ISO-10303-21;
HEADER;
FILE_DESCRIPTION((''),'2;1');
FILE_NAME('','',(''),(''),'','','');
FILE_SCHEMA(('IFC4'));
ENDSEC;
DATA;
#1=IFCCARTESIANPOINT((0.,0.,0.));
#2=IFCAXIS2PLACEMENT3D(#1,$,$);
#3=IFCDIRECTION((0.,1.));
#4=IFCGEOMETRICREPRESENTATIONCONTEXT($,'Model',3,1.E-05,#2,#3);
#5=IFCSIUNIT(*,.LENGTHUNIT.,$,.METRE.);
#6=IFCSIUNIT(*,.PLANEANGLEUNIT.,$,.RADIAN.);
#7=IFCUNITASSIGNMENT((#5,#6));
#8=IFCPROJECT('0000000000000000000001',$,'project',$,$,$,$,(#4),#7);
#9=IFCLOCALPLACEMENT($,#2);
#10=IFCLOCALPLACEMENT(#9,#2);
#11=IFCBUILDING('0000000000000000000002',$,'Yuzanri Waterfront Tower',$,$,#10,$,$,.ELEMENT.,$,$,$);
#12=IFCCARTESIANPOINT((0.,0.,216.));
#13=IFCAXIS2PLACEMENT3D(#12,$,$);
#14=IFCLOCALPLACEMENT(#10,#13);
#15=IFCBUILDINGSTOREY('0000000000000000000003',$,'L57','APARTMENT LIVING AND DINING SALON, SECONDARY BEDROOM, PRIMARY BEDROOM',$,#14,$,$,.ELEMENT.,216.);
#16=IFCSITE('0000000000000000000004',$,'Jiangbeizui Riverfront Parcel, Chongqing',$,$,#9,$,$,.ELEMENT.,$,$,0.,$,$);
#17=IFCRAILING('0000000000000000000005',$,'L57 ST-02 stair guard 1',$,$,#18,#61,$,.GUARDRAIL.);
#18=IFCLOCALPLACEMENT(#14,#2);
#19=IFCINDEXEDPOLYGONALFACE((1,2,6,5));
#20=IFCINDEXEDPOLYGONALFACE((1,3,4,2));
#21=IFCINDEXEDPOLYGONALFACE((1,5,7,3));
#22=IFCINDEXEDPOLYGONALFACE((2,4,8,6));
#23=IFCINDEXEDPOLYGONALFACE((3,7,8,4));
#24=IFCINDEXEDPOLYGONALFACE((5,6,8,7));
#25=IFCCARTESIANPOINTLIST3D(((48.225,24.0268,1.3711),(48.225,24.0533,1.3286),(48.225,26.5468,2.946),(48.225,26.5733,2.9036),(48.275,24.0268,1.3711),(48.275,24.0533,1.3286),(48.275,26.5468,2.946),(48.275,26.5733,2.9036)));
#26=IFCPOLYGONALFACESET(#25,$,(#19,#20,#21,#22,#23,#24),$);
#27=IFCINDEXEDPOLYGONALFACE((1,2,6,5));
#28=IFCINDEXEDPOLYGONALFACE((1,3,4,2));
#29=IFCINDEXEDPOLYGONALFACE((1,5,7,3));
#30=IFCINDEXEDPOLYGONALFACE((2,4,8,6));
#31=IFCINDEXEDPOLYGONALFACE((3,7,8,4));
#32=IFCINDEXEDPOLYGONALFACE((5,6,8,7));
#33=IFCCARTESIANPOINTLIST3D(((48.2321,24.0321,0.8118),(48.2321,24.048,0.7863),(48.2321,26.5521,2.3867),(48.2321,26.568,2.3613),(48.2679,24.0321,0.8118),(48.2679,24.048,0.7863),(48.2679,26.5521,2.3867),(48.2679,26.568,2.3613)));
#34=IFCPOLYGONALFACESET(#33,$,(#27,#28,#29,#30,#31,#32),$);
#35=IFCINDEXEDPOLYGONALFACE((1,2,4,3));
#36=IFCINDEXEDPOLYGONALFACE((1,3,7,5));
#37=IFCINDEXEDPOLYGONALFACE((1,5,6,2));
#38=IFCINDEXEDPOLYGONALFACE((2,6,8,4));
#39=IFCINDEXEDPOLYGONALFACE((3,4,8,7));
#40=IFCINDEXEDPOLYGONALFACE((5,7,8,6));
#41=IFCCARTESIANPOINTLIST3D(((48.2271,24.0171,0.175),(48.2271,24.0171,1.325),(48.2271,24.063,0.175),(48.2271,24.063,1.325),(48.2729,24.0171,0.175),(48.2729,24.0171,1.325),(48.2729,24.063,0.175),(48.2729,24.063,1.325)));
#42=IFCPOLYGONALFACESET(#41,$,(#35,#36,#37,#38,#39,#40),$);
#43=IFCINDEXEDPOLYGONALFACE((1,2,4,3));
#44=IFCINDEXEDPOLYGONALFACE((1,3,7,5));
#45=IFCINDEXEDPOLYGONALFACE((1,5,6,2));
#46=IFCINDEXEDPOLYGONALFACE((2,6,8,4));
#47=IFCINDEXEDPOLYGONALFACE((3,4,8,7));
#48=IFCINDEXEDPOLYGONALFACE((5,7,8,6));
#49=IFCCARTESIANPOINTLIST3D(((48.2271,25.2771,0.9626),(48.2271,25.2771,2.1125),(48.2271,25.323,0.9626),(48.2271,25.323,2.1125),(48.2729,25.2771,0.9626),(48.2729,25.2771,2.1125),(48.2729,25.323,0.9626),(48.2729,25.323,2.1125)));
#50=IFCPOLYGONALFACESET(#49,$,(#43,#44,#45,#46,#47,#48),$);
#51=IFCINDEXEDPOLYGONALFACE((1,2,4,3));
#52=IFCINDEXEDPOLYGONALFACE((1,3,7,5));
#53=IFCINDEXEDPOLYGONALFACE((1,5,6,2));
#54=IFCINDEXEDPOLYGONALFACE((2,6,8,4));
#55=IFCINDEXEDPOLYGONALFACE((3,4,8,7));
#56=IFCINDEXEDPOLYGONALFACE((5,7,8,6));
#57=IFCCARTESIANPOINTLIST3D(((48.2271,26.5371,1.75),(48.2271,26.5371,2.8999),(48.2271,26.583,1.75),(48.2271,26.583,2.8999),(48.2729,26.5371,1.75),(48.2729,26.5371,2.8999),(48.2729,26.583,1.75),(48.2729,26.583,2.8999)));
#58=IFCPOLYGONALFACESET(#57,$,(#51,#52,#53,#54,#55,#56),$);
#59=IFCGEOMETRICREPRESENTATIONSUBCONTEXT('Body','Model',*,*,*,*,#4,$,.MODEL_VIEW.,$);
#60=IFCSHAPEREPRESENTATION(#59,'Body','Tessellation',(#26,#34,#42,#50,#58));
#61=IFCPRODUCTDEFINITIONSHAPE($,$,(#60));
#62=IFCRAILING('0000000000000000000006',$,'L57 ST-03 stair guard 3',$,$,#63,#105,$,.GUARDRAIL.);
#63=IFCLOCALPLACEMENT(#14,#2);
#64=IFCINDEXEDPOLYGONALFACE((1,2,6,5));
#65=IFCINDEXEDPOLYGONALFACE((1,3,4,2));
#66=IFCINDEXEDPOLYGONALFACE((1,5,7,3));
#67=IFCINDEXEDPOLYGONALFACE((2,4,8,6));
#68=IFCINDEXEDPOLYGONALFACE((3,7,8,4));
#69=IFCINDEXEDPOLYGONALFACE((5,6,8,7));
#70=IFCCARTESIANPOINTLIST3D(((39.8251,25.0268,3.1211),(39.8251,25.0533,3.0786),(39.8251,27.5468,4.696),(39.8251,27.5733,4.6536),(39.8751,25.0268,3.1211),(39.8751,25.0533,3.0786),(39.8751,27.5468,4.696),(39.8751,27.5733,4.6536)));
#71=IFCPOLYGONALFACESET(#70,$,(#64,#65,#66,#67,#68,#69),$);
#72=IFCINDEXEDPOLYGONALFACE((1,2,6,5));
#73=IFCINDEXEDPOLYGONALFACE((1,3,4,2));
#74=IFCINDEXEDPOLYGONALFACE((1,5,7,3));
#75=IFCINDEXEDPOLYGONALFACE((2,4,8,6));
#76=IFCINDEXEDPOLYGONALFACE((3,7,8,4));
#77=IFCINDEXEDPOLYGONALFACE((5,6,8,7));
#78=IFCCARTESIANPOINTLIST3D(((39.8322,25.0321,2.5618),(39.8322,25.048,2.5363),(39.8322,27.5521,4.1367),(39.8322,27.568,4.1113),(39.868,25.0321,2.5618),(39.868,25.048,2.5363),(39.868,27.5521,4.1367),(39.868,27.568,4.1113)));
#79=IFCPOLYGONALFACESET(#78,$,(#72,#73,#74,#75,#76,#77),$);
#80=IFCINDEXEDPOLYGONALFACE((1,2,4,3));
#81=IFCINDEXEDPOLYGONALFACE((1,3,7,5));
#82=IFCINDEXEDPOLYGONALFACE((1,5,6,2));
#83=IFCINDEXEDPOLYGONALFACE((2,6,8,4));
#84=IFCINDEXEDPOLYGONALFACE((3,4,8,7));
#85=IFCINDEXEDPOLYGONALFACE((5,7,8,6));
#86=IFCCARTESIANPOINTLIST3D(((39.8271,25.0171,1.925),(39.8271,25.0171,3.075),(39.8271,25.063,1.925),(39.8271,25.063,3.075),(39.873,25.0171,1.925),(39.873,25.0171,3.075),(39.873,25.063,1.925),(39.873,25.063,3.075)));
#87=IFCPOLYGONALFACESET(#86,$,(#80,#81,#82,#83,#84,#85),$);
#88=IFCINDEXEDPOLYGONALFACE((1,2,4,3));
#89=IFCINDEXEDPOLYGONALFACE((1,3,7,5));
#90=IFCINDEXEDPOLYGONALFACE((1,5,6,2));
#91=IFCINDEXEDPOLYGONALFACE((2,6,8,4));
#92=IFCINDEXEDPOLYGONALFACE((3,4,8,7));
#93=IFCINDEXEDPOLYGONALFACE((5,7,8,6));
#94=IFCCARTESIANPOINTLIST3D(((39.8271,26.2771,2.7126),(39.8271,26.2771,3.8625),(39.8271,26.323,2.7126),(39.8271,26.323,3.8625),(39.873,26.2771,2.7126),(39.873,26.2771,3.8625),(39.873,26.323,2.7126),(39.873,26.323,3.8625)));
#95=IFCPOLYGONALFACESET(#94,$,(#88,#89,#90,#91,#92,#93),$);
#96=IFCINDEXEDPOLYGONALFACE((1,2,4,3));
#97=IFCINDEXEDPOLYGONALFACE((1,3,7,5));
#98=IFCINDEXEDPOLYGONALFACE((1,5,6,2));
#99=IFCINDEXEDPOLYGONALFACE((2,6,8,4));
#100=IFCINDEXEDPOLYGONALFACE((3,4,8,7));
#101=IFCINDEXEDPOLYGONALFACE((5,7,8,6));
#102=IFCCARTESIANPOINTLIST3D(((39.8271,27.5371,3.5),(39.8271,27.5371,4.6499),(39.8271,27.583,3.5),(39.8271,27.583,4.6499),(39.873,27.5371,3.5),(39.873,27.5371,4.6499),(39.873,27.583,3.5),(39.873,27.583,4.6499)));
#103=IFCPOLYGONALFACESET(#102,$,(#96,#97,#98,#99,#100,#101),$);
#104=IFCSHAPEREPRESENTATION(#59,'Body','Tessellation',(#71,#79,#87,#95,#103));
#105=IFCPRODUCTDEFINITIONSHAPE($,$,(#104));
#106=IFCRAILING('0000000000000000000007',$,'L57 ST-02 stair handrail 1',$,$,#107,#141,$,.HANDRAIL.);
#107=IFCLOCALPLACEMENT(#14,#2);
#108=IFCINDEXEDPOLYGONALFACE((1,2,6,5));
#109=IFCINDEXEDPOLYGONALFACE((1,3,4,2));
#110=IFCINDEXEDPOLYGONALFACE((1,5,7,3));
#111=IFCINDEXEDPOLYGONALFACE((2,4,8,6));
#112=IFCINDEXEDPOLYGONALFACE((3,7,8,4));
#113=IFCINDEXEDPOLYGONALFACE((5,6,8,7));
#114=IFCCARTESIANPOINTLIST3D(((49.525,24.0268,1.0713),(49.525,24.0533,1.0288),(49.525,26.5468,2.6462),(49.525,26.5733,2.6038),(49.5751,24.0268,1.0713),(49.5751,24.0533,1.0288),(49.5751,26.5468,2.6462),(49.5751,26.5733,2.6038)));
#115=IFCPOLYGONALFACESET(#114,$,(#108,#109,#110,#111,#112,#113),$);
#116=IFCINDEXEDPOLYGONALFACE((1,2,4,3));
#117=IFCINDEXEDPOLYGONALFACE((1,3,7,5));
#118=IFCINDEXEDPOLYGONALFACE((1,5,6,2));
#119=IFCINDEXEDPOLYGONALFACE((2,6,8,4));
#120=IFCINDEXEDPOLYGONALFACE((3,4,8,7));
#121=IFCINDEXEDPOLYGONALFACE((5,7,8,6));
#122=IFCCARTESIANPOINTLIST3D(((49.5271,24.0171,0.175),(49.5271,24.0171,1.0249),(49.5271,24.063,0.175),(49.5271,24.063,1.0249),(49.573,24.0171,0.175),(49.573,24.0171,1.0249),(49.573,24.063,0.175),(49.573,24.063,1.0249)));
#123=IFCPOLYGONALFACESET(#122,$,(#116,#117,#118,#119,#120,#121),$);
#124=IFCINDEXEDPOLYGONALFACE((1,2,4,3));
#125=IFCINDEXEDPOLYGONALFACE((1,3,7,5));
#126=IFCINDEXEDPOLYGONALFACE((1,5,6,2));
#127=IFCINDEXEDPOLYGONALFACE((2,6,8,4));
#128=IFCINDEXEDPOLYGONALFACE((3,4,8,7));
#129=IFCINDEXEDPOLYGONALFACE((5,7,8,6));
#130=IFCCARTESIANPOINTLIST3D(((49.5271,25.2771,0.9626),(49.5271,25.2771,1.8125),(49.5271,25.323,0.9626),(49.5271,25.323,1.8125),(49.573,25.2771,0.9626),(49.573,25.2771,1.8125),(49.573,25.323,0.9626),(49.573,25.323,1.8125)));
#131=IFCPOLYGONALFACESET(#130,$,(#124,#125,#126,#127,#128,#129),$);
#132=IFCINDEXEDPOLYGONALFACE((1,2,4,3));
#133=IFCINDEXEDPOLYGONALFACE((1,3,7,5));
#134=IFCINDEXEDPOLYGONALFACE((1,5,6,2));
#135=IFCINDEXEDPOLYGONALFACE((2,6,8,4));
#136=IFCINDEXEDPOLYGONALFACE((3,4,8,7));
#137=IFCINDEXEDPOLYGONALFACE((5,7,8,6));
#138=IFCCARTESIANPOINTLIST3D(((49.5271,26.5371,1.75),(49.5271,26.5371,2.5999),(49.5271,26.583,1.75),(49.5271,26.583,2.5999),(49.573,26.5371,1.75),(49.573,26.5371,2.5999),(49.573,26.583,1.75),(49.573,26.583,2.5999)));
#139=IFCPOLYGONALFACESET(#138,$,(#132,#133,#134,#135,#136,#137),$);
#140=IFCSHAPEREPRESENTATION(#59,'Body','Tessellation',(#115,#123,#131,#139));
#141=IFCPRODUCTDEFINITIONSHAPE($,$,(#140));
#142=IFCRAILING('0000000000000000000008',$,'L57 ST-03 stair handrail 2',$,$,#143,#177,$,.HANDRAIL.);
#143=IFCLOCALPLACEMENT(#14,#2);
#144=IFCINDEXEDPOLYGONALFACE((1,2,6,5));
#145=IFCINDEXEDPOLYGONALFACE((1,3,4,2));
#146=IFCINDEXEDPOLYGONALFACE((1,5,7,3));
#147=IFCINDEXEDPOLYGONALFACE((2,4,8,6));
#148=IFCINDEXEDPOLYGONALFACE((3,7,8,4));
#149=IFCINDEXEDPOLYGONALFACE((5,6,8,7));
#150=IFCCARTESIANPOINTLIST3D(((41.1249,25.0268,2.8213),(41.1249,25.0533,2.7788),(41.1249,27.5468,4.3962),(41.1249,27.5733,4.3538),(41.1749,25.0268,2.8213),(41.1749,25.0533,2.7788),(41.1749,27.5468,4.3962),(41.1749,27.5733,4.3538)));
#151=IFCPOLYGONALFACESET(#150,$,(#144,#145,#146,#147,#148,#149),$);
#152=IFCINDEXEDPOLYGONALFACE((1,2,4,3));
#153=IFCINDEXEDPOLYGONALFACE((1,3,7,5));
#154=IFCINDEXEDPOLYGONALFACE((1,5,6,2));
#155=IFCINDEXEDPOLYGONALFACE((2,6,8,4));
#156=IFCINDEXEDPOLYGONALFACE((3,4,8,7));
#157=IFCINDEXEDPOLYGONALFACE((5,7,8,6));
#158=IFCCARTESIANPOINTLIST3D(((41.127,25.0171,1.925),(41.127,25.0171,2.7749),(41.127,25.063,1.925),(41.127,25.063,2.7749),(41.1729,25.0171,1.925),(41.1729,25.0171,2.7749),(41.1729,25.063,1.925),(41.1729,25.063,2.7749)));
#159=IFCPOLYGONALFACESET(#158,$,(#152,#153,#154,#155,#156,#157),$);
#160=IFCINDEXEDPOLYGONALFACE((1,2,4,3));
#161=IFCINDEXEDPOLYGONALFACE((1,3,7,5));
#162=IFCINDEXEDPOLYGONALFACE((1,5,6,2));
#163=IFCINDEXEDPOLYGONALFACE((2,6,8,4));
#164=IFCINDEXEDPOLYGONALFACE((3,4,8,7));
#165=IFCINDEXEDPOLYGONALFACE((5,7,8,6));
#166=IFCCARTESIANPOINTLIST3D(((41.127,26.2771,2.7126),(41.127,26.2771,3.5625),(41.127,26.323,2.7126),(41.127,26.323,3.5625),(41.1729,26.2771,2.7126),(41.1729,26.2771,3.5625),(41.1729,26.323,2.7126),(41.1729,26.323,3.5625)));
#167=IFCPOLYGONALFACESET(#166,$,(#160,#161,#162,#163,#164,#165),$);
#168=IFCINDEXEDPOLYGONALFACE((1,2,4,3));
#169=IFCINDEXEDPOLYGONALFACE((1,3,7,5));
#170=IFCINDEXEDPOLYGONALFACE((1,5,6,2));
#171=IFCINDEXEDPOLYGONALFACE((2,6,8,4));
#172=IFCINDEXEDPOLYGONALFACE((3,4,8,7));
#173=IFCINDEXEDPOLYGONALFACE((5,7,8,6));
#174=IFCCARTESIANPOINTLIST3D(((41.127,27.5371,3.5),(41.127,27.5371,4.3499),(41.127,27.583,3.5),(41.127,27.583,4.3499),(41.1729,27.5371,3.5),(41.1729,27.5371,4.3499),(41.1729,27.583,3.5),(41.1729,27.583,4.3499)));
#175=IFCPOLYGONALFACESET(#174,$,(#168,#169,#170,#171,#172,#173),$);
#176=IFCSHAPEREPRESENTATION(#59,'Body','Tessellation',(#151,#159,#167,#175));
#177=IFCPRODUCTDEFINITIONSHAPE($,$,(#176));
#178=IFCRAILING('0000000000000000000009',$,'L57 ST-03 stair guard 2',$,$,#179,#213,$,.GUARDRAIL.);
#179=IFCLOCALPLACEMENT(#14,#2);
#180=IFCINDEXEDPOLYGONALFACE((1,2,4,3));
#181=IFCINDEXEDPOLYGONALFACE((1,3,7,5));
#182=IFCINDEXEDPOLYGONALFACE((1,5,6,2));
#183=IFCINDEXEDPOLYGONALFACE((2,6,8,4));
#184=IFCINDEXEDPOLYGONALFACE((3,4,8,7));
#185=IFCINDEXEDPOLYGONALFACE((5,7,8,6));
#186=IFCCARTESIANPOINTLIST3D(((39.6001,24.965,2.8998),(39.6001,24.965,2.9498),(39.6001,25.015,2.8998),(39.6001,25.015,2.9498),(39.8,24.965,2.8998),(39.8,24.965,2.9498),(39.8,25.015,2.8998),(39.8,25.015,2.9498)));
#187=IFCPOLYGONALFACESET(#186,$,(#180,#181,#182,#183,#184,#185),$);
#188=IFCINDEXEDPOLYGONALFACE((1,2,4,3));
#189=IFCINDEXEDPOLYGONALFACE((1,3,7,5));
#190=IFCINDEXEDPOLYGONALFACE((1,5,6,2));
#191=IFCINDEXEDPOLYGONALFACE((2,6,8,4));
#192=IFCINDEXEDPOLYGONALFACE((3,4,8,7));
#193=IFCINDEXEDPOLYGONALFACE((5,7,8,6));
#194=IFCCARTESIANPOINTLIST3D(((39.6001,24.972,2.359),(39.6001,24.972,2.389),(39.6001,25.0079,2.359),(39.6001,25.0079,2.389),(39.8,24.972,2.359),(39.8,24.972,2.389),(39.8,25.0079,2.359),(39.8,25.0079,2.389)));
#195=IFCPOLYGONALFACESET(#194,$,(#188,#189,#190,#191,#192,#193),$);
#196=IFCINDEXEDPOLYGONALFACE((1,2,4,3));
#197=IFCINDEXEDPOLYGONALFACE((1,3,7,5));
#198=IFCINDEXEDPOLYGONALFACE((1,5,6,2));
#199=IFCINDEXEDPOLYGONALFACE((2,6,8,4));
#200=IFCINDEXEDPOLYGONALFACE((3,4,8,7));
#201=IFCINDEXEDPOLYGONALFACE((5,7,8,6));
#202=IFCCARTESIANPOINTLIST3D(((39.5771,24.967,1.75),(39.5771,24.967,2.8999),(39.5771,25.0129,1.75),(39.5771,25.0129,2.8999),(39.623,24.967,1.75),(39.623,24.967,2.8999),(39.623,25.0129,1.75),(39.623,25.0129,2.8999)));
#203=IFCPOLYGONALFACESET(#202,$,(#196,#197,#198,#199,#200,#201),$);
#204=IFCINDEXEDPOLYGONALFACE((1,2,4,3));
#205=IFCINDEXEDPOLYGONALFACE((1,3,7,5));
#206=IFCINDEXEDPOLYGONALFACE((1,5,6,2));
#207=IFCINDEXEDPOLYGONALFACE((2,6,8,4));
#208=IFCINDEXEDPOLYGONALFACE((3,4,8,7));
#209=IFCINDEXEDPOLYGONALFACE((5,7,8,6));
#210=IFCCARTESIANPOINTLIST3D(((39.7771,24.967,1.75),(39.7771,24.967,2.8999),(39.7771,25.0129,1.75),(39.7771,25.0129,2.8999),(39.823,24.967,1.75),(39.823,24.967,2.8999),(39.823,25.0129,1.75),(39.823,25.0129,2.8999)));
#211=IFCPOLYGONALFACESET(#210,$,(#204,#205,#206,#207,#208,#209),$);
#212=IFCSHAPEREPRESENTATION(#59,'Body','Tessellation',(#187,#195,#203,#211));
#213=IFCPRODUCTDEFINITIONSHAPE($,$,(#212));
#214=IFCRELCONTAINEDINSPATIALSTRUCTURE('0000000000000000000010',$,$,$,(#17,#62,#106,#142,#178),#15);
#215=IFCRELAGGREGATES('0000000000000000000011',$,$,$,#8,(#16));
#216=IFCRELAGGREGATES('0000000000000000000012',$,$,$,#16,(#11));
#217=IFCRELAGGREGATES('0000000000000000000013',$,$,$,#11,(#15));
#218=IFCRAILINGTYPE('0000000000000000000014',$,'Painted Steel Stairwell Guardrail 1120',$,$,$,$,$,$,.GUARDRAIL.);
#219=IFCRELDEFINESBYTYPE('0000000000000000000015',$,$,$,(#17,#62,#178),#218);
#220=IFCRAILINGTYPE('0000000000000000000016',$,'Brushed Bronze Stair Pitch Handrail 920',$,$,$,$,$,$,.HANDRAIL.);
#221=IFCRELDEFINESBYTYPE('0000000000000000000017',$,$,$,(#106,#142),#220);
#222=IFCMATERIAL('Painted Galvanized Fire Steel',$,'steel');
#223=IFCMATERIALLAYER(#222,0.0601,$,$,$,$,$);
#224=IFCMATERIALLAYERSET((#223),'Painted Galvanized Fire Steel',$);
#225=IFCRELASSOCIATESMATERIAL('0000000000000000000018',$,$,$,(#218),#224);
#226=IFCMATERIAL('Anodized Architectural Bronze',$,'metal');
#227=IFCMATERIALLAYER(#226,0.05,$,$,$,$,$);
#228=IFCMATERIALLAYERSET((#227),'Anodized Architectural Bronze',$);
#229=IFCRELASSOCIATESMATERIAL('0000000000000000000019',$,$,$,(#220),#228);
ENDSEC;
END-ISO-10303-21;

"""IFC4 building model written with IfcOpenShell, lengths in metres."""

from ifc_helpers import new_model, si_unit, direction, frame, origin, origin_2d, place, context, subcontext, project, spatial, rectangle, extrude, source, transform, mapped, material, layer, layer_set, type_object, element, save


model = new_model("IFC4")

# Units and contexts
model_context = context("Model", 3, precision=1e-05, world=origin(), true_north=direction((0.0, 1.0)))
body_context = subcontext(model_context, "Body", "Model", "MODEL_VIEW")
ifc_project = project(units=[si_unit("LENGTHUNIT", "METRE"), si_unit("PLANEANGLEUNIT", "RADIAN")], contexts=[model_context])

# Site, building, storey
site_placement = place(None, origin())
site = spatial("IfcSite", under=ifc_project, at=site_placement, Name="Jiangbeizui Riverfront Parcel, Chongqing", CompositionType="ELEMENT", RefElevation=0.0)
building_placement = place(site_placement, origin())
building = spatial("IfcBuilding", under=site, at=building_placement, Name="Yuzanri Waterfront Tower", CompositionType="ELEMENT")
storey_placement = place(building_placement, frame((0.0, 0.0, 216.0)))
storey = spatial("IfcBuildingStorey", under=building, at=storey_placement, Name="L57", Description="APARTMENT LIVING AND DINING SALON, SECONDARY BEDROOM, PRIMARY BEDROOM", CompositionType="ELEMENT", Elevation=216.0)

# Railings
ifc_material_1 = material(Name="Painted Galvanized Fire Steel", Category="steel")
ifc_layer_1 = layer(ifc_material_1, 0.0601)
ifc_layer_set_1 = layer_set([ifc_layer_1], Name="Painted Galvanized Fire Steel")
railing_type_1 = type_object("IfcRailingType", Name="Painted Steel Stairwell Guardrail 1120", PredefinedType="GUARDRAIL", material=ifc_layer_set_1)
shared_shape_1 = source(origin(), body_context, "Body", "SweptSolid", [
    extrude(rectangle(XDim=0.05, YDim=0.05, at=origin_2d()), frame((0.0, 0.0, 1.1748), z_axis=(0.0, 0.848008, 0.529984), x_axis=(-1.0, 0.0, 0.0)), (0.0, 0.0, 1.0), 2.9717),
    extrude(rectangle(XDim=0.0359, YDim=0.03, at=origin_2d()), frame((0.0, 0.0, 0.624), z_axis=(0.0, 0.848008, 0.529984), x_axis=(-1.0, 0.0, 0.0)), (0.0, 0.0, 1.0), 2.9717),
    extrude(rectangle(XDim=0.0459, YDim=0.0459, at=origin_2d()), origin(), (0.0, 0.0, 1.0), 1.1499),
    extrude(rectangle(XDim=0.0459, YDim=0.0459, at=origin_2d()), frame((0.0, 1.26, 0.7876)), (0.0, 0.0, 1.0), 1.1499),
    extrude(rectangle(XDim=0.0459, YDim=0.0459, at=origin_2d()), frame((0.0, 2.52, 1.575)), (0.0, 0.0, 1.0), 1.1499),
])
for number, where, name in (
    (1, (48.25, 24.04, 0.175), "L57 ST-02 stair guard 1"),
    (2, (39.8501, 25.04, 1.925), "L57 ST-03 stair guard 3"),
):
    element("IfcRailing", number, at=place(storey_placement, frame(where)), inside=storey, type_object=railing_type_1, Name=name, PredefinedType="GUARDRAIL", context=body_context, shape_type="MappedRepresentation", body=[
        mapped(shared_shape_1, transform((0.0, 0.0, 0.0), scale=1.0)),
    ])
ifc_material_2 = material(Name="Anodized Architectural Bronze", Category="metal")
ifc_layer_2 = layer(ifc_material_2, 0.05)
ifc_layer_set_2 = layer_set([ifc_layer_2], Name="Anodized Architectural Bronze")
railing_type_2 = type_object("IfcRailingType", Name="Brushed Bronze Stair Pitch Handrail 920", PredefinedType="HANDRAIL", material=ifc_layer_set_2)
shared_shape_2 = source(origin(), body_context, "Body", "SweptSolid", [
    extrude(rectangle(XDim=0.05, YDim=0.05, at=origin_2d()), frame((0.0, 0.0, 0.875), z_axis=(0.0, 0.848008, 0.529984), x_axis=(-1.0, 0.0, 0.0)), (0.0, 0.0, 1.0), 2.9717),
    extrude(rectangle(XDim=0.0459, YDim=0.0459, at=origin_2d()), origin(), (0.0, 0.0, 1.0), 0.8499),
    extrude(rectangle(XDim=0.0459, YDim=0.0459, at=origin_2d()), frame((0.0, 1.26, 0.7876)), (0.0, 0.0, 1.0), 0.8499),
    extrude(rectangle(XDim=0.0459, YDim=0.0459, at=origin_2d()), frame((0.0, 2.52, 1.575)), (0.0, 0.0, 1.0), 0.8499),
])
for number, where, name in (
    (3, (49.55, 24.04, 0.175), "L57 ST-02 stair handrail 1"),
    (4, (41.1499, 25.04, 1.925), "L57 ST-03 stair handrail 2"),
):
    element("IfcRailing", number, at=place(storey_placement, frame(where)), inside=storey, type_object=railing_type_2, Name=name, PredefinedType="HANDRAIL", context=body_context, shape_type="MappedRepresentation", body=[
        mapped(shared_shape_2, transform((0.0, 0.0, 0.0), scale=1.0)),
    ])
shared_shape_3 = source(origin(), body_context, "Body", "SweptSolid", [
    extrude(rectangle(XDim=0.05, YDim=0.05, at=origin_2d()), frame((0.0, 0.0, 1.1748), z_axis=(1.0, 0.0, 0.0), x_axis=(0.0, 1.0, 0.0)), (0.0, 0.0, 1.0), 0.2),
    extrude(rectangle(XDim=0.0359, YDim=0.03, at=origin_2d()), frame((0.0, 0.0, 0.624), z_axis=(1.0, 0.0, 0.0), x_axis=(0.0, 1.0, 0.0)), (0.0, 0.0, 1.0), 0.2),
    extrude(rectangle(XDim=0.0459, YDim=0.0459, at=origin_2d()), origin(), (0.0, 0.0, 1.0), 1.1499),
    extrude(rectangle(XDim=0.0459, YDim=0.0459, at=origin_2d()), frame((0.2, 0.0, 0.0)), (0.0, 0.0, 1.0), 1.1499),
])
railing_1_placement = place(storey_placement, frame((39.6001, 24.99, 1.75)))
element("IfcRailing", 5, at=railing_1_placement, inside=storey, type_object=railing_type_1, Name="L57 ST-03 stair guard 2", PredefinedType="GUARDRAIL", context=body_context, shape_type="MappedRepresentation", body=[
    mapped(shared_shape_3, transform((0.0, 0.0, 0.0), scale=1.0)),
])

save(model, "model.ifc")
